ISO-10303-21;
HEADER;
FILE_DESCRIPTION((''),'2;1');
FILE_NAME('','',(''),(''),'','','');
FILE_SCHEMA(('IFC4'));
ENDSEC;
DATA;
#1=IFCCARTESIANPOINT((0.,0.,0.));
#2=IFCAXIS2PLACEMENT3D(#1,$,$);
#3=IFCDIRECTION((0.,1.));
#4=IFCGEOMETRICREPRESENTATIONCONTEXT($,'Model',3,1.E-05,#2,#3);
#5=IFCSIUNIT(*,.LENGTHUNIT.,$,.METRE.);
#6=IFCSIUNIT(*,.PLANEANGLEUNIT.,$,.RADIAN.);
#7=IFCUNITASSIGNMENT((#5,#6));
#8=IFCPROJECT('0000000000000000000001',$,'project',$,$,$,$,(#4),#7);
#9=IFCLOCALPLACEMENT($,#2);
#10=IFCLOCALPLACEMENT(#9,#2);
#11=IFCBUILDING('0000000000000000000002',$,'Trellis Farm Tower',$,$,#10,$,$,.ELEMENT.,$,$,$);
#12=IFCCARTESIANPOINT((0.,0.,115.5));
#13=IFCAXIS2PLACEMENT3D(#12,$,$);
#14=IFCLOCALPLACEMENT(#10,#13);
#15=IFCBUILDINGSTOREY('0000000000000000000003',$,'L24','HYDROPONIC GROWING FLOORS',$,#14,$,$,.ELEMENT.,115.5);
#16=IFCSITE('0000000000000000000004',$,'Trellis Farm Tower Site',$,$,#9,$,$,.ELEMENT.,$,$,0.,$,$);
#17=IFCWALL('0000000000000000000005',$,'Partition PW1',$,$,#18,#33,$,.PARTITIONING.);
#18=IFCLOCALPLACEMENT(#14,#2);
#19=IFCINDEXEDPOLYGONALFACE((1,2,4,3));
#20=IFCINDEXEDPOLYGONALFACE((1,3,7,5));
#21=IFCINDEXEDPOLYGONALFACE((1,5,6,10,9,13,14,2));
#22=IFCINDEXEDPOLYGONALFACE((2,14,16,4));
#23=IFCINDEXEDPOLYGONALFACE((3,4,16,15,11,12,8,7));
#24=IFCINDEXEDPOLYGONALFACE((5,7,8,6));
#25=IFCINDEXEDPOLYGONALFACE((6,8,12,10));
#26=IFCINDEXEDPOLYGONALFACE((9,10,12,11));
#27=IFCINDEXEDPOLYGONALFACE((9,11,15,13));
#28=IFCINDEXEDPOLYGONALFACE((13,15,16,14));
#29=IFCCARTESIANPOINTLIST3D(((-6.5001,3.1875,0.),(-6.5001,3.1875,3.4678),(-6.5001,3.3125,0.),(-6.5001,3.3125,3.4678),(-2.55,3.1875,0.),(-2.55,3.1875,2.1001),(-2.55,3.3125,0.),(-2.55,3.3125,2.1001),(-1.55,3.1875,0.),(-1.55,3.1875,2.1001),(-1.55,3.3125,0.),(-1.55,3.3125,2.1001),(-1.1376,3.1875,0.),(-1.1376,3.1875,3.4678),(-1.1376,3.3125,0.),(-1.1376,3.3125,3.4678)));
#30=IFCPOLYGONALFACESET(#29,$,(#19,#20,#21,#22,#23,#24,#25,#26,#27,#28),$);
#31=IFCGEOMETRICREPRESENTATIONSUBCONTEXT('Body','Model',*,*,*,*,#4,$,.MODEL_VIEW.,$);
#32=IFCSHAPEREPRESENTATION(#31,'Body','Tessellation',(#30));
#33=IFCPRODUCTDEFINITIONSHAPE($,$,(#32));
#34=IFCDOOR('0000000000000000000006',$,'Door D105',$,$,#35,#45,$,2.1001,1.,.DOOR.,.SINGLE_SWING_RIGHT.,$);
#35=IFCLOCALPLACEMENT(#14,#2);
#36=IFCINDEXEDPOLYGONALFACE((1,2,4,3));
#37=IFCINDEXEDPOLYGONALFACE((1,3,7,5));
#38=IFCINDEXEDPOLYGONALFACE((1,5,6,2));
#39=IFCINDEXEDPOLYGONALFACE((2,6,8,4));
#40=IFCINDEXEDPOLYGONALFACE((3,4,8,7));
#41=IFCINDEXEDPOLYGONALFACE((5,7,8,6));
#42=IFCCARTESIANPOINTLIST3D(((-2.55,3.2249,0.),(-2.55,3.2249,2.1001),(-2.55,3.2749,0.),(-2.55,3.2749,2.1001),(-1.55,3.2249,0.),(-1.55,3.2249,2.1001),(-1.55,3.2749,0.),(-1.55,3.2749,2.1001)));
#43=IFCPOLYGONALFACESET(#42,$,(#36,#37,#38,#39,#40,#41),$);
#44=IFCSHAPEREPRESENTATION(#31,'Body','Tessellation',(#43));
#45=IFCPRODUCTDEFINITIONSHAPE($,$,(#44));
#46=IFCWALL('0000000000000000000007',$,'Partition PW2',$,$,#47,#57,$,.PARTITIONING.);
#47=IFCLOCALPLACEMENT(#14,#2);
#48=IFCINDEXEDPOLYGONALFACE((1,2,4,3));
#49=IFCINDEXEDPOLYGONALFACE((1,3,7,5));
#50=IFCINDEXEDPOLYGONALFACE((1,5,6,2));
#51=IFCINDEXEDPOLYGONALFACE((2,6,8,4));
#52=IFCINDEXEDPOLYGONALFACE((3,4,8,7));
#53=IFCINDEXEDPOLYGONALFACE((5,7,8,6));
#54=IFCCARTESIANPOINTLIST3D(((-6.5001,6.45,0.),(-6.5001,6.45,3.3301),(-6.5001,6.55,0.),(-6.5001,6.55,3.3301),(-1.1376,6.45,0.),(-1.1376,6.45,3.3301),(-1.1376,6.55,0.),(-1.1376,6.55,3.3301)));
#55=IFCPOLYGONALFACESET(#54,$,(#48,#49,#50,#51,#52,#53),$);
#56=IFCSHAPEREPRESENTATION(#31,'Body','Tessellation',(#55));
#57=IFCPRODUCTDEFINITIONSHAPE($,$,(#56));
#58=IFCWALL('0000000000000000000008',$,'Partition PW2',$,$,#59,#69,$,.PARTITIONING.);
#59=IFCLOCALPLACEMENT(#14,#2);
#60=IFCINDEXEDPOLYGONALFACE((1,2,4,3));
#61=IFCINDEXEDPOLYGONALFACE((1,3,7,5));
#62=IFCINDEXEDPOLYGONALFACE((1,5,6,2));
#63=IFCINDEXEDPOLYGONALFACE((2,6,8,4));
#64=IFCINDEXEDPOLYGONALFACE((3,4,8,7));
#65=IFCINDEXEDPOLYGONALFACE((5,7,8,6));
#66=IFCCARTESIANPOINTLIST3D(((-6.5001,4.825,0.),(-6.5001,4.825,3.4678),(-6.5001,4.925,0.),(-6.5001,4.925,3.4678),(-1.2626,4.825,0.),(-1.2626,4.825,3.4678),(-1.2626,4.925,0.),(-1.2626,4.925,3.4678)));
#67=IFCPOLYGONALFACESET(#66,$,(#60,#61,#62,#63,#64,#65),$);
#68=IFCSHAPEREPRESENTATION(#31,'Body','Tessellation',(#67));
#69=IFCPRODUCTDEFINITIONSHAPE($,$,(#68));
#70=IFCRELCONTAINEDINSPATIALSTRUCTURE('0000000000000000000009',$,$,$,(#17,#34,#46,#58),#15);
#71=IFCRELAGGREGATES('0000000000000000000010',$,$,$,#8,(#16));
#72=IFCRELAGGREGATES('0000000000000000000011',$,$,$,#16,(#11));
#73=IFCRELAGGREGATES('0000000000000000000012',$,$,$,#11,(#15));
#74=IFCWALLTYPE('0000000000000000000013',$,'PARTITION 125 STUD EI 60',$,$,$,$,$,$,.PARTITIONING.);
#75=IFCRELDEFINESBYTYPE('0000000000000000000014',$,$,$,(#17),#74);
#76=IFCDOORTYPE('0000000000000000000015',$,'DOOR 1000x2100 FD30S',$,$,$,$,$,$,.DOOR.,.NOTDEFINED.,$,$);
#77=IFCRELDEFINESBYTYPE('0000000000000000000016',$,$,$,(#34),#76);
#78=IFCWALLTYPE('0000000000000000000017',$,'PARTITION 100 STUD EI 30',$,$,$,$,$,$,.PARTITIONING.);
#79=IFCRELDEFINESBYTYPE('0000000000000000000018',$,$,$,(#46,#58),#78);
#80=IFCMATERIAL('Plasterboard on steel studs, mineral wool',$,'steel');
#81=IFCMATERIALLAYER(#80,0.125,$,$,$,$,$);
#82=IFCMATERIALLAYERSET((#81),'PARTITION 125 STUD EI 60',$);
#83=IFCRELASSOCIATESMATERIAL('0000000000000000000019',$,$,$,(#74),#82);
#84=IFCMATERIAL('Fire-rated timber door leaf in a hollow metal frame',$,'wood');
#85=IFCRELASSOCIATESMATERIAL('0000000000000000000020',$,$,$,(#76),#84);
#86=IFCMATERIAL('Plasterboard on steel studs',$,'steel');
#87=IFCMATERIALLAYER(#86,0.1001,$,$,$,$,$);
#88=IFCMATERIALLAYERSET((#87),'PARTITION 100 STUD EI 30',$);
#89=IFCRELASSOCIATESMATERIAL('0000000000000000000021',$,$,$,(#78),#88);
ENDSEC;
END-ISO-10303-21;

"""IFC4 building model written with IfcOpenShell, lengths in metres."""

from ifc_helpers import new_model, si_unit, direction, frame, frame_2d, origin, place, context, subcontext, project, spatial, rectangle, extrude, source, transform, mapped, material, layer, layer_set, type_object, element, fill, save


model = new_model("IFC4")

# Units and contexts
model_context = context("Model", 3, precision=1e-05, world=origin(), true_north=direction((0.0, 1.0)))
body_context = subcontext(model_context, "Body", "Model", "MODEL_VIEW")
ifc_project = project(units=[si_unit("LENGTHUNIT", "METRE"), si_unit("PLANEANGLEUNIT", "RADIAN")], contexts=[model_context])

# Site, building, storey
site_placement = place(None, origin())
site = spatial("IfcSite", under=ifc_project, at=site_placement, Name="Trellis Farm Tower Site", CompositionType="ELEMENT", RefElevation=0.0)
building_placement = place(site_placement, origin())
building = spatial("IfcBuilding", under=site, at=building_placement, Name="Trellis Farm Tower", CompositionType="ELEMENT")
storey_placement = place(building_placement, frame((0.0, 0.0, 115.5)))
storey = spatial("IfcBuildingStorey", under=building, at=storey_placement, Name="L24", Description="HYDROPONIC GROWING FLOORS", CompositionType="ELEMENT", Elevation=115.5)

# Shared definitions
shared_shape_1 = source(origin(), body_context, "Body", "SweptSolid", [
    extrude(rectangle(XDim=1.0, YDim=2.1001, at=frame_2d((0.5, 1.05))), frame((0.0, 0.0249, 0.0), z_axis=(0.0, -1.0, 0.0), x_axis=(1.0, 0.0, 0.0)), (0.0, 0.0, 1.0), 0.05),
])

# Wall, opening, door
ifc_material_1 = material(Name="Plasterboard on steel studs, mineral wool", Category="steel")
ifc_layer_1 = layer(ifc_material_1, 0.125)
ifc_layer_set_1 = layer_set([ifc_layer_1], Name="PARTITION 125 STUD EI 60")
wall_type_1 = type_object("IfcWallType", Name="PARTITION 125 STUD EI 60", PredefinedType="PARTITIONING", material=ifc_layer_set_1)
shared_shape_2 = source(origin(), body_context, "Body", "SweptSolid", [
    extrude(rectangle(XDim=5.3625, YDim=0.125, at=frame_2d((2.6812, 0.0))), origin(), (0.0, 0.0, 1.0), 3.4678),
])
wall_1_placement = place(storey_placement, frame((-6.5, 3.25, 0.0), z_axis=(0.0, 0.0, 1.0), x_axis=(1.0, 0.0, 0.0)))
wall_1 = element("IfcWall", 1, at=wall_1_placement, inside=storey, type_object=wall_type_1, Name="Partition PW1", PredefinedType="PARTITIONING", context=body_context, shape_type="MappedRepresentation", body=[
    mapped(shared_shape_2, transform((0.0, 0.0, 0.0))),
])
shared_shape_3 = source(origin(), body_context, "Body", "SweptSolid", [
    extrude(rectangle(XDim=1.0, YDim=2.1001, at=frame_2d((0.5, 1.05))), frame((0.0, 0.0725, 0.0), z_axis=(0.0, -1.0, 0.0), x_axis=(1.0, 0.0, 0.0)), (0.0, 0.0, 1.0), 0.145),
])
opening_1_placement = place(wall_1_placement, frame((3.95, 0.0, 0.0)))
opening_1 = element("IfcOpeningElement", 2, at=opening_1_placement, cuts=wall_1, PredefinedType="OPENING", context=body_context, shape_type="MappedRepresentation", body=[
    mapped(shared_shape_3, transform((0.0, 0.0, 0.0))),
])
ifc_material_2 = material(Name="Fire-rated timber door leaf in a hollow metal frame", Category="wood")
door_type_1 = type_object("IfcDoorType", Name="DOOR 1000x2100 FD30S", OperationType="NOTDEFINED", PredefinedType="DOOR", material=ifc_material_2)
door_1_placement = place(opening_1_placement, origin())
door_1 = element("IfcDoor", 3, at=door_1_placement, inside=storey, type_object=door_type_1, Name="Door D105", OperationType="SINGLE_SWING_RIGHT", OverallHeight=2.1001, OverallWidth=1.0, PredefinedType="DOOR", context=body_context, shape_type="MappedRepresentation", body=[
    mapped(shared_shape_1, transform((0.0, 0.0, 0.0))),
])
fill(opening_1, door_1)

# Walls
ifc_material_3 = material(Name="Plasterboard on steel studs", Category="steel")
ifc_layer_2 = layer(ifc_material_3, 0.1001)
ifc_layer_set_2 = layer_set([ifc_layer_2], Name="PARTITION 100 STUD EI 30")
wall_type_2 = type_object("IfcWallType", Name="PARTITION 100 STUD EI 30", PredefinedType="PARTITIONING", material=ifc_layer_set_2)
shared_shape_4 = source(origin(), body_context, "Body", "SweptSolid", [
    extrude(rectangle(XDim=5.3625, YDim=0.1001, at=frame_2d((2.6812, 0.0))), origin(), (0.0, 0.0, 1.0), 3.3301),
])
wall_2_placement = place(storey_placement, frame((-6.5, 6.5, 0.0), z_axis=(0.0, 0.0, 1.0), x_axis=(1.0, 0.0, 0.0)))
element("IfcWall", 4, at=wall_2_placement, inside=storey, type_object=wall_type_2, Name="Partition PW2", PredefinedType="PARTITIONING", context=body_context, shape_type="MappedRepresentation", body=[
    mapped(shared_shape_4, transform((0.0, 0.0, 0.0))),
])
shared_shape_5 = source(origin(), body_context, "Body", "SweptSolid", [
    extrude(rectangle(XDim=5.2375, YDim=0.1001, at=frame_2d((2.6187, 0.0))), origin(), (0.0, 0.0, 1.0), 3.4678),
])
wall_3_placement = place(storey_placement, frame((-6.5, 4.875, 0.0), z_axis=(0.0, 0.0, 1.0), x_axis=(1.0, 0.0, 0.0)))
element("IfcWall", 5, at=wall_3_placement, inside=storey, type_object=wall_type_2, Name="Partition PW2", PredefinedType="PARTITIONING", context=body_context, shape_type="MappedRepresentation", body=[
    mapped(shared_shape_5, transform((0.0, 0.0, 0.0))),
])

save(model, "model.ifc")
